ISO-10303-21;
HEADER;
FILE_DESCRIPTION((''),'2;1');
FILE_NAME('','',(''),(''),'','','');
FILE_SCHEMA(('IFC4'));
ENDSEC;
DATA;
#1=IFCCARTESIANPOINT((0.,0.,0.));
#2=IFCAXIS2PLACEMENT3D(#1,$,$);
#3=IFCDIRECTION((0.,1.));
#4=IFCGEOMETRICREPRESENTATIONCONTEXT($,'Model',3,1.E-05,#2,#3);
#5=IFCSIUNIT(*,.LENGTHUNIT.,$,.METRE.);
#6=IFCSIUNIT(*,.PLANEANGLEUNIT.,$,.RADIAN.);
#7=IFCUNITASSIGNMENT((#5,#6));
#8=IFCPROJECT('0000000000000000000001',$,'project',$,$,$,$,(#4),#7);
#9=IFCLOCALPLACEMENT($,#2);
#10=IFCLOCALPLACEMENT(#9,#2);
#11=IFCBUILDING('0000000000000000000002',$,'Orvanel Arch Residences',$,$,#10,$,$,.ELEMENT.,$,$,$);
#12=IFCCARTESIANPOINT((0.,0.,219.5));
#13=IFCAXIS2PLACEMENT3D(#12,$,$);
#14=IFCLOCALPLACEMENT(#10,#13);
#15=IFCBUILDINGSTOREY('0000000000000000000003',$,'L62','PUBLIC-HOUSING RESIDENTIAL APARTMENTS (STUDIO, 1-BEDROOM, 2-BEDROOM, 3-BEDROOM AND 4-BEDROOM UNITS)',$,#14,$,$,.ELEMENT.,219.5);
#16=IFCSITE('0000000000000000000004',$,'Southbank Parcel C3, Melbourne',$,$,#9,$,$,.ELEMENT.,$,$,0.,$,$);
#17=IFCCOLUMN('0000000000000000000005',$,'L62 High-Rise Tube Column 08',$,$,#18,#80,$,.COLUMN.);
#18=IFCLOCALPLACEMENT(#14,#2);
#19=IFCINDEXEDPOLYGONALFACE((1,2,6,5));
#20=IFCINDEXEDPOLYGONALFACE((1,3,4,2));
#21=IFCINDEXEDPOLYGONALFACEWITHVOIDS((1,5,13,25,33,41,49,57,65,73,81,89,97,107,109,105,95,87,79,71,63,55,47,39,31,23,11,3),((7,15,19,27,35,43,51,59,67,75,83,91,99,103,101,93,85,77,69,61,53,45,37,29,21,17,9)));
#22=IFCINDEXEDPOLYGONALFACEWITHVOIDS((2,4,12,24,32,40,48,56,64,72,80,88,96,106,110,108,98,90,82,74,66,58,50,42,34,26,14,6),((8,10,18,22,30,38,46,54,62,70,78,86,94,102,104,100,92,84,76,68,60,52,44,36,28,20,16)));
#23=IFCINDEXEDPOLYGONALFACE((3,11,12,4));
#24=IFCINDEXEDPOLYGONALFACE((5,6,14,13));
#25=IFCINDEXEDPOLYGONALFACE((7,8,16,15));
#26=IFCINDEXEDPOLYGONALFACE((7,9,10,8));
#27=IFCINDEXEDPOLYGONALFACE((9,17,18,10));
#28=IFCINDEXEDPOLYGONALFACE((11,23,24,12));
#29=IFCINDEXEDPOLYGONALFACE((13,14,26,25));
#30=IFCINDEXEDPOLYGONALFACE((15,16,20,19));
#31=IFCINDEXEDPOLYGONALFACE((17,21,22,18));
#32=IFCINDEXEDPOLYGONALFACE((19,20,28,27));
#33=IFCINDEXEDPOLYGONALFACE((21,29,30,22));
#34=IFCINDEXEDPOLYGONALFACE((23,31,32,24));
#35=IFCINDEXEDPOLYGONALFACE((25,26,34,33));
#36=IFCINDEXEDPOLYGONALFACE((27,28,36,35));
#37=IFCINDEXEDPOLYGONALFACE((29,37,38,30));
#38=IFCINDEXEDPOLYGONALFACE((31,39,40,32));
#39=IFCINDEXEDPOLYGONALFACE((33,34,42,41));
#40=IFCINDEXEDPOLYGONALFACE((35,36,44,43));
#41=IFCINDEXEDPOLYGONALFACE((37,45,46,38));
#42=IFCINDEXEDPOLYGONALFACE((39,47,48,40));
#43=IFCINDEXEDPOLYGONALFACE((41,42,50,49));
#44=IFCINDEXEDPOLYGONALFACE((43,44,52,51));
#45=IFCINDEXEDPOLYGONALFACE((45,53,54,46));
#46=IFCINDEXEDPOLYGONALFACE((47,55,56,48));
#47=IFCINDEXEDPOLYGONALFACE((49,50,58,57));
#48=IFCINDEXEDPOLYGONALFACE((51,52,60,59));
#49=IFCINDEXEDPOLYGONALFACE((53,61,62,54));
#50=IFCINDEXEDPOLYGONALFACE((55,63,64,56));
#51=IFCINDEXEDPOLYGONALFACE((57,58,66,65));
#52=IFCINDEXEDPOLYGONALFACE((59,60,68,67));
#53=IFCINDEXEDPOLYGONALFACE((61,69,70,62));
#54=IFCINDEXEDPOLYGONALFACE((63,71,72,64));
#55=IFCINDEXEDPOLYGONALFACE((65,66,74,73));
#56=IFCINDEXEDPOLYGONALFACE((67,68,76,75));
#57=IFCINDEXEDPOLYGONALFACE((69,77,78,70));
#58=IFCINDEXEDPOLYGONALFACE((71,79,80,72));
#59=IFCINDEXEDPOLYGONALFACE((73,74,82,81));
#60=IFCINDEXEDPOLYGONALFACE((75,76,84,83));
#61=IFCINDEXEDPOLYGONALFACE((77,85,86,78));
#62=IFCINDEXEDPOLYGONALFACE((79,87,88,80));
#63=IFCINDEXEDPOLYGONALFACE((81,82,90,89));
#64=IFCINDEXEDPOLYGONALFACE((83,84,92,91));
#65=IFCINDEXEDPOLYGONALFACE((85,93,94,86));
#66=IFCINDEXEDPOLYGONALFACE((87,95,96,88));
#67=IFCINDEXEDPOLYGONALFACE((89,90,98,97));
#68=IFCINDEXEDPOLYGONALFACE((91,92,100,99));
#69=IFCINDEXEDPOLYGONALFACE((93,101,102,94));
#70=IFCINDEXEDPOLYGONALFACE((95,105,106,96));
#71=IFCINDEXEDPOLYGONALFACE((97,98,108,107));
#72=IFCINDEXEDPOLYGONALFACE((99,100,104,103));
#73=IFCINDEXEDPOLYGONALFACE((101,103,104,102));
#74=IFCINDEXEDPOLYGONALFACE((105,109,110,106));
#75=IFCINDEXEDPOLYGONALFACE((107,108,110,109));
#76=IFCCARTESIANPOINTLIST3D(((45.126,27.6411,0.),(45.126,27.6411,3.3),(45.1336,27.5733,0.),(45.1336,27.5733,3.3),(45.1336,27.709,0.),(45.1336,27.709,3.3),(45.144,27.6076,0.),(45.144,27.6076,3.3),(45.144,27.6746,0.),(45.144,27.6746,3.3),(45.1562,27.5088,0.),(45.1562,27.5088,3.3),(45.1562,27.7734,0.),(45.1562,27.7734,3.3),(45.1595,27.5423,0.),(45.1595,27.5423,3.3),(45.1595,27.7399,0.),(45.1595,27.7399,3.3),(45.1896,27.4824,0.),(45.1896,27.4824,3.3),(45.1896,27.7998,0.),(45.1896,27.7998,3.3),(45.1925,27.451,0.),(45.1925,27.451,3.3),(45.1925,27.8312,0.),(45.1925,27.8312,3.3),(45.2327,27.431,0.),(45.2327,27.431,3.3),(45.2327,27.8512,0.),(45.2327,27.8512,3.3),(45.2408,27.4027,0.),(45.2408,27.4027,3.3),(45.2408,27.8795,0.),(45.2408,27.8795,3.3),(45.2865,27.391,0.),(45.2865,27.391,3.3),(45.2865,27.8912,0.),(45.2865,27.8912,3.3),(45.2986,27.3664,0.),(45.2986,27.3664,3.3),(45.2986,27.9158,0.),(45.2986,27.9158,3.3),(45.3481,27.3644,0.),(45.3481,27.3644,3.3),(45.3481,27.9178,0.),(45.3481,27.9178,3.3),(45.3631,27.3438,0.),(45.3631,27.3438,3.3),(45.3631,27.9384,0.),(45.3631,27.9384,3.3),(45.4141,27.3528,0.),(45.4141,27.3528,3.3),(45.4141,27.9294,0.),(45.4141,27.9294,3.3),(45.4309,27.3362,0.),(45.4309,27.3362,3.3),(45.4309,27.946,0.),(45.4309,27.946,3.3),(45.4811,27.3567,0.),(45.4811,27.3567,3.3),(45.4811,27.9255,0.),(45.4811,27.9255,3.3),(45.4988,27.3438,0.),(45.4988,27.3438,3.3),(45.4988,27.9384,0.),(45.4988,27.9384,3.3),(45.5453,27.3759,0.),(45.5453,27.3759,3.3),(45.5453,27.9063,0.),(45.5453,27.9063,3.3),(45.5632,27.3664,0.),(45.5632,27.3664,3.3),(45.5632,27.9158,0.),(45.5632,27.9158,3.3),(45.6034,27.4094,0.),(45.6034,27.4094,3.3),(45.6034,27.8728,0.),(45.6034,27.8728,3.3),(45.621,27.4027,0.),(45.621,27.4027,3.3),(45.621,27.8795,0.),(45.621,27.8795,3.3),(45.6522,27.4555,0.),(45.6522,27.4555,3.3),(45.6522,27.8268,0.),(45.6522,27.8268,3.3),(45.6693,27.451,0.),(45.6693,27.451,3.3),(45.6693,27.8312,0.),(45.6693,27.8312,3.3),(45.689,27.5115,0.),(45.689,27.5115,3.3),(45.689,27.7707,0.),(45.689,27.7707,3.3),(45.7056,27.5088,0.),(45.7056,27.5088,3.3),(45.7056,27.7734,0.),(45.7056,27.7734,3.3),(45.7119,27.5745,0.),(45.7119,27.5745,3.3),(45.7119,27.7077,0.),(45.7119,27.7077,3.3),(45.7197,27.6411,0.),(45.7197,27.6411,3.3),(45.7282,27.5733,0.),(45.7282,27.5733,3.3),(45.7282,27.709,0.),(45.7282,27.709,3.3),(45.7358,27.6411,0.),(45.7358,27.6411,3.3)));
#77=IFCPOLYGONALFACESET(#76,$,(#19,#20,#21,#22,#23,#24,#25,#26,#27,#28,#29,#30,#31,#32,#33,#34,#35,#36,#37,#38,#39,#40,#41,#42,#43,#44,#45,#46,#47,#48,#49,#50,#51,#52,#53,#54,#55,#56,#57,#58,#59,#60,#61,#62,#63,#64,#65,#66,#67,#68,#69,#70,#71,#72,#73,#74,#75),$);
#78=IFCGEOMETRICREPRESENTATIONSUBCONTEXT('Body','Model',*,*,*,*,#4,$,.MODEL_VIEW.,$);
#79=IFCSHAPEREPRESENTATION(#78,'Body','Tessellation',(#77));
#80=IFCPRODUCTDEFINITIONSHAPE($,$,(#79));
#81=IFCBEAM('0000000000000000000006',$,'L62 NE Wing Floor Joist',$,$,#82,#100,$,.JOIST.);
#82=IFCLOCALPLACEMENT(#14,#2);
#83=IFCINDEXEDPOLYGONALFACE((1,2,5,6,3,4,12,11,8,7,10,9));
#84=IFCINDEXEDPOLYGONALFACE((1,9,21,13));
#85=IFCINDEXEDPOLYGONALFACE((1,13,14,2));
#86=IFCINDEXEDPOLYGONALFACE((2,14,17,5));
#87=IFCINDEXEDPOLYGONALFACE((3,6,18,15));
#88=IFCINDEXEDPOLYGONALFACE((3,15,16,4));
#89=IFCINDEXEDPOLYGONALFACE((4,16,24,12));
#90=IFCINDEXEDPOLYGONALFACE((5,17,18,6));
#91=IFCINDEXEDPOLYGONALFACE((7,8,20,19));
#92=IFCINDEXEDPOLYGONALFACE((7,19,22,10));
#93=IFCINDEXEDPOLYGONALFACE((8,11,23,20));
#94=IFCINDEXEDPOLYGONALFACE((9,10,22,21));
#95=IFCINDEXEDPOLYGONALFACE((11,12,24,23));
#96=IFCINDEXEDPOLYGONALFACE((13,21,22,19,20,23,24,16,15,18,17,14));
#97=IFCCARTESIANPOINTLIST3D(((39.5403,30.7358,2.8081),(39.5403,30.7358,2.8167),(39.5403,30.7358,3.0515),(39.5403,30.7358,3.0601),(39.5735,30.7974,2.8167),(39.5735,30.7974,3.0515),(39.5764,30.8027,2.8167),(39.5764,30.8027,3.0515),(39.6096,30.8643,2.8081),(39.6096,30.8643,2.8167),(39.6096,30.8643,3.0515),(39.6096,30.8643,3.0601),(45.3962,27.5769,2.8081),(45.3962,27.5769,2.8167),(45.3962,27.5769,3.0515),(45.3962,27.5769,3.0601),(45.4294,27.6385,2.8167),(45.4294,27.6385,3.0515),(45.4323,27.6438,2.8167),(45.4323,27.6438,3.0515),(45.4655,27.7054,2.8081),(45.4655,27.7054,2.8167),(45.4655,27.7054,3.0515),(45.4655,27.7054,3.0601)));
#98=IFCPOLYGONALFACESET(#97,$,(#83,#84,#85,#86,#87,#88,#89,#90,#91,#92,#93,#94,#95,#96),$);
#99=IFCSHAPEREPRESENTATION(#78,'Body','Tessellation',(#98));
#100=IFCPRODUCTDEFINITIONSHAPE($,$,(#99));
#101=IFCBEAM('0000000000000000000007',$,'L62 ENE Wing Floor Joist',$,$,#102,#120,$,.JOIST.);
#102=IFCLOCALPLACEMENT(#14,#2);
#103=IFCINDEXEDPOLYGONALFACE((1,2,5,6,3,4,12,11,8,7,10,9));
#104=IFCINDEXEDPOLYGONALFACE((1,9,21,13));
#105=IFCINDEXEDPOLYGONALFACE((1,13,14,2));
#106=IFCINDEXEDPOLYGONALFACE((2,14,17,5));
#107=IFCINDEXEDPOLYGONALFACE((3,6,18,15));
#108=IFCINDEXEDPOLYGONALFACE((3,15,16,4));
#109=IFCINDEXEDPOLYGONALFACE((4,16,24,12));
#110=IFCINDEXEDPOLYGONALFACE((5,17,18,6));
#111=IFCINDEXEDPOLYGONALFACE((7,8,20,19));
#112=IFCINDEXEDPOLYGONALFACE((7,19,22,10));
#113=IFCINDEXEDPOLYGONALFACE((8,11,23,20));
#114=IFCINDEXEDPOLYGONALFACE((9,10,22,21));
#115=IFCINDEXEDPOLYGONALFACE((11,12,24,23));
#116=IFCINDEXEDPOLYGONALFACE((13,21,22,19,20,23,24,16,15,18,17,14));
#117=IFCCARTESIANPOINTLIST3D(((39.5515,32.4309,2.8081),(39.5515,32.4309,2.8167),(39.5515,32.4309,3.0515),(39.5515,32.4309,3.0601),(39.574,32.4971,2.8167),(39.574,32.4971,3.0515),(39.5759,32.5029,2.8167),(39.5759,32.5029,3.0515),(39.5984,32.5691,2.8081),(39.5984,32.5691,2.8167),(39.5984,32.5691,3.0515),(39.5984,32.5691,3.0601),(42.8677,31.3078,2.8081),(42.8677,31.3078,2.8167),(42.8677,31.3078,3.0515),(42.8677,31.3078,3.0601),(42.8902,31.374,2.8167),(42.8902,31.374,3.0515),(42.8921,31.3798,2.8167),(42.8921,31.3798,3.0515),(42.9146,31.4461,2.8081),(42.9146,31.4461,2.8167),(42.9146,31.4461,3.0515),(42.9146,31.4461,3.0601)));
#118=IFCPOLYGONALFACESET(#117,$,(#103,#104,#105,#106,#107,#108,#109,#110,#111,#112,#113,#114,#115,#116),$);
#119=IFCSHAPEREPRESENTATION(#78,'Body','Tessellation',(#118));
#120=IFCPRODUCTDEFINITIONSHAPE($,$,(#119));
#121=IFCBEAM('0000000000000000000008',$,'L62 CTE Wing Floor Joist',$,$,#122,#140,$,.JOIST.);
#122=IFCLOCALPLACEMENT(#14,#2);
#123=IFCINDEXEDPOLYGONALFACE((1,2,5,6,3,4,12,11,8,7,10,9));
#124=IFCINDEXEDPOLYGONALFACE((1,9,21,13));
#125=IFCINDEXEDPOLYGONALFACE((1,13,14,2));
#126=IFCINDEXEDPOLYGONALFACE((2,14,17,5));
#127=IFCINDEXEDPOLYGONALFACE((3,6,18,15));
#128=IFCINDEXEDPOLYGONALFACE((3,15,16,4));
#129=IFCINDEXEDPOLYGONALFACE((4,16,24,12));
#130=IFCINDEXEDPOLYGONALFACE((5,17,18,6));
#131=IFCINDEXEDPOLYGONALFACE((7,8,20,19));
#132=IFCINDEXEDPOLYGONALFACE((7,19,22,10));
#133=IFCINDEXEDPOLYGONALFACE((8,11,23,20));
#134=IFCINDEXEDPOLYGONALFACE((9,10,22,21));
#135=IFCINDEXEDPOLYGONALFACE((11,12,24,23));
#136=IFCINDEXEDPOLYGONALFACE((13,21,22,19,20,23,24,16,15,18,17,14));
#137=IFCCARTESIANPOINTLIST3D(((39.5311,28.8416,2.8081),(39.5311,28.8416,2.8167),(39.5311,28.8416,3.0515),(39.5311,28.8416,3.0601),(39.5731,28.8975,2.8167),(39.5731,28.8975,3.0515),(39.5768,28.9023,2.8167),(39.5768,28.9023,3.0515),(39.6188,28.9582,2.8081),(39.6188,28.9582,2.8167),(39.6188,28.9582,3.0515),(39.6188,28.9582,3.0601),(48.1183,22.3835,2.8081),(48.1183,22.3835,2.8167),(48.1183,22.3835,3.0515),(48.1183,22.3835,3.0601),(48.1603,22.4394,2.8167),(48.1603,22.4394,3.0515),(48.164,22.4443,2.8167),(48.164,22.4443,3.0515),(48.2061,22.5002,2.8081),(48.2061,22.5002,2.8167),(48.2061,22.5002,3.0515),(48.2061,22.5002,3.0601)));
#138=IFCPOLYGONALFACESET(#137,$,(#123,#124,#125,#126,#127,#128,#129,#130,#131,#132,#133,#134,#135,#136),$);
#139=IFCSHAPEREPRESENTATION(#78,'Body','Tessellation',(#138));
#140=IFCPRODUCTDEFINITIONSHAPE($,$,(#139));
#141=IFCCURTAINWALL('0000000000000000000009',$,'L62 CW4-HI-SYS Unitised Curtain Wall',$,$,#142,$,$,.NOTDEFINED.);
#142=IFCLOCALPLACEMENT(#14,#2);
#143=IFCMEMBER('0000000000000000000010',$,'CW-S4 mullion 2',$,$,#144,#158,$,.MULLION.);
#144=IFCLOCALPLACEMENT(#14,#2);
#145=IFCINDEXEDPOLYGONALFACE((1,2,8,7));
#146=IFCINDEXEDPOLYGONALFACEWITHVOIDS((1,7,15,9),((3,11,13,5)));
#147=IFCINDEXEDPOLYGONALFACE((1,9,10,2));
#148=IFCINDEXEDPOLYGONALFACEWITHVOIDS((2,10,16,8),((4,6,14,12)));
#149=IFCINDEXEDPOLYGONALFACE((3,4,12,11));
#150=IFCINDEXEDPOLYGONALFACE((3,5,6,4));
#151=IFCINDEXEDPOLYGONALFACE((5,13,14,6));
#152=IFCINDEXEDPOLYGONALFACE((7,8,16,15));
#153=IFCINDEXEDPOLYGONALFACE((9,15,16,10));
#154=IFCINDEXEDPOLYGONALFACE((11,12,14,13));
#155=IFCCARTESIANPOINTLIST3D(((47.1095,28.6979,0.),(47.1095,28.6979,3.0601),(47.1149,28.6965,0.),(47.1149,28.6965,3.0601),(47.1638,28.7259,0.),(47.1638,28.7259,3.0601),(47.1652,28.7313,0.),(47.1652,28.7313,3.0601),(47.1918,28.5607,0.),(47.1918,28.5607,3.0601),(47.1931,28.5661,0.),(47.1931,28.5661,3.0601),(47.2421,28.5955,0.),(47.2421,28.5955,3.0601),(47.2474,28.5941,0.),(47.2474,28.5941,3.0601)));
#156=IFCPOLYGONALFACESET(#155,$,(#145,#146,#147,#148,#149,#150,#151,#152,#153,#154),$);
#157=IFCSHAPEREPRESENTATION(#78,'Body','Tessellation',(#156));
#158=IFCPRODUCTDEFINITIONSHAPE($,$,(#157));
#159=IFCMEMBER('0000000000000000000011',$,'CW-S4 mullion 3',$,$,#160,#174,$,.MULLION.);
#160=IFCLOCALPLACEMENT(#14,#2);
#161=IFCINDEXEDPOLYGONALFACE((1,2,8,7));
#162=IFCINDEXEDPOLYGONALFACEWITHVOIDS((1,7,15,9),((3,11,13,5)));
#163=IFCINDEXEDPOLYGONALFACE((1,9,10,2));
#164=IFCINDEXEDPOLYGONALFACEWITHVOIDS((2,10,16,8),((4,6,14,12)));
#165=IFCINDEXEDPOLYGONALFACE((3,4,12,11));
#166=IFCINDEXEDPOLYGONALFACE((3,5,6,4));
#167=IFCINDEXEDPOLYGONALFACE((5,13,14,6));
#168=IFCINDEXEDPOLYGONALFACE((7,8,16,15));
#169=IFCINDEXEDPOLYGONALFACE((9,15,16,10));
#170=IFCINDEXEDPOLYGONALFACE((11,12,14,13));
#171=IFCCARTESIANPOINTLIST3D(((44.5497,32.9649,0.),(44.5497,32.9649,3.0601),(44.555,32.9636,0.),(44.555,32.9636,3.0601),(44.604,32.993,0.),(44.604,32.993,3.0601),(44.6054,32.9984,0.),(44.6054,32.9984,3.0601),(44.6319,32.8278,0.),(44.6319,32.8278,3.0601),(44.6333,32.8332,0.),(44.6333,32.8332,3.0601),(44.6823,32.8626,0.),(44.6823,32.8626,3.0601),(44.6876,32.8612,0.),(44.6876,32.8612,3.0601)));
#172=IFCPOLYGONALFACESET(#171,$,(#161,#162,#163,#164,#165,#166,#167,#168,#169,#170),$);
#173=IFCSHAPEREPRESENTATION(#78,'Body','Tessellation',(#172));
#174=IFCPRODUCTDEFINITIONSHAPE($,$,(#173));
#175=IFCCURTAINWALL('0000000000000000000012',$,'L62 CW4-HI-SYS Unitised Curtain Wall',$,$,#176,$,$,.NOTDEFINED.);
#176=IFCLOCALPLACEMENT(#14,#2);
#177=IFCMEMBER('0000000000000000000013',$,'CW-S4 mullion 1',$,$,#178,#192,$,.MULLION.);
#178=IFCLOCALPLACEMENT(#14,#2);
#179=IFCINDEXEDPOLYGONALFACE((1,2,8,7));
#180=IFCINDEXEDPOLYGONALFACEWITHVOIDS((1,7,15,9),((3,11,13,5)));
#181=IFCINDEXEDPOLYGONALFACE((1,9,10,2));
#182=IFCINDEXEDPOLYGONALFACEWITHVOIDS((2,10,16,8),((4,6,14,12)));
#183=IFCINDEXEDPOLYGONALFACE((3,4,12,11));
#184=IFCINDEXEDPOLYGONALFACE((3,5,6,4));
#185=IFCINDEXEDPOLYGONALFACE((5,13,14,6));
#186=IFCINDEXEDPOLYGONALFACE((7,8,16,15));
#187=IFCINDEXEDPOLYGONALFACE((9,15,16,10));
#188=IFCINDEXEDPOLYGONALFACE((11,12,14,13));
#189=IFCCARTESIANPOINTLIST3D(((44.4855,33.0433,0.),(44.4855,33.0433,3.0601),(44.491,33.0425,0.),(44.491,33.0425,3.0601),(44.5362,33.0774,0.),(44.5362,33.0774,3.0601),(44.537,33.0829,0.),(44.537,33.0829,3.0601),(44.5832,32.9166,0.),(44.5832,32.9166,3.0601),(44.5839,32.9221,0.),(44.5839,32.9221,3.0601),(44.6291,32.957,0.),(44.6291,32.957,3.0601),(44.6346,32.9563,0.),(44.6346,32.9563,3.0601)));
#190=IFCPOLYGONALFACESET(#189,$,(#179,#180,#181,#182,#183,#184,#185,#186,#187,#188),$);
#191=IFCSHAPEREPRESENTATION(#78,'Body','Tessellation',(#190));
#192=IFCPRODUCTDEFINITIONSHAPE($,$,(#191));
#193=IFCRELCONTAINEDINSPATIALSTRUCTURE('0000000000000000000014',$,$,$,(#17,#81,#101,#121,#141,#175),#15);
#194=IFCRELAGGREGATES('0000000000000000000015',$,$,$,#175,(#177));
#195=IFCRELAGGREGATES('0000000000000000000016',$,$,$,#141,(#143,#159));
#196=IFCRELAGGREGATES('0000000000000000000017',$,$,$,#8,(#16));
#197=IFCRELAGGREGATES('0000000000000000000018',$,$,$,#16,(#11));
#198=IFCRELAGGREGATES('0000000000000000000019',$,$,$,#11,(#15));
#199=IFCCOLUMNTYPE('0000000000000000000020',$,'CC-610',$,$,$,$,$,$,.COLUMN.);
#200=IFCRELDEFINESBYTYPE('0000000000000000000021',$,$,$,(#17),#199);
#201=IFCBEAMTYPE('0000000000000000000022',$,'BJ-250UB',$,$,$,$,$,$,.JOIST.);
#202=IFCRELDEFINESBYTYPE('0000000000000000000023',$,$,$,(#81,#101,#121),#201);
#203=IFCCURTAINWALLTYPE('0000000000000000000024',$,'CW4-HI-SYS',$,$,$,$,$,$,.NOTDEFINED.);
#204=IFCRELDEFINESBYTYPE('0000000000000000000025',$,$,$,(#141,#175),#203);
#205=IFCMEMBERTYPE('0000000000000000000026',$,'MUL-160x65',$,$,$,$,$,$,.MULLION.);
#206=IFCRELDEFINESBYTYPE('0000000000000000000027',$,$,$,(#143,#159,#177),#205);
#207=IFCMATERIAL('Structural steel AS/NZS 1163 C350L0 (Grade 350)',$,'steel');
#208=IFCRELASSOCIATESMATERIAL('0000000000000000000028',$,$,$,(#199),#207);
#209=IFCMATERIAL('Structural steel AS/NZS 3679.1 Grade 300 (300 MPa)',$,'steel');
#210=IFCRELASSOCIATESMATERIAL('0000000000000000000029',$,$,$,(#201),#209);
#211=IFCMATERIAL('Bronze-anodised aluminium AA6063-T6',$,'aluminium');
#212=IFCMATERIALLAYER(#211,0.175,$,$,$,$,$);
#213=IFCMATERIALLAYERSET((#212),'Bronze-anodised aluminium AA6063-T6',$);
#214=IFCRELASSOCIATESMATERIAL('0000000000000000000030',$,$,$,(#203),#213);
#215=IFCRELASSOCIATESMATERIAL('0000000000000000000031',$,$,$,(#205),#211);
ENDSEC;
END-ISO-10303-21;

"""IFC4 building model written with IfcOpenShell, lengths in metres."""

from ifc_helpers import new_model, si_unit, direction, frame, origin, origin_2d, place, context, subcontext, project, spatial, hollow_rectangle, hollow_circle, i_section, extrude, material, layer, layer_set, material_profile, profile_set, type_object, element, aggregate, save


model = new_model("IFC4")

# Units and contexts
model_context = context("Model", 3, precision=1e-05, world=origin(), true_north=direction((0.0, 1.0)))
body_context = subcontext(model_context, "Body", "Model", "MODEL_VIEW")
ifc_project = project(units=[si_unit("LENGTHUNIT", "METRE"), si_unit("PLANEANGLEUNIT", "RADIAN")], contexts=[model_context])

# Site, building, storey
site_placement = place(None, origin())
site = spatial("IfcSite", under=ifc_project, at=site_placement, Name="Southbank Parcel C3, Melbourne", CompositionType="ELEMENT", RefElevation=0.0)
building_placement = place(site_placement, origin())
building = spatial("IfcBuilding", under=site, at=building_placement, Name="Orvanel Arch Residences", CompositionType="ELEMENT")
storey_placement = place(building_placement, frame((0.0, 0.0, 219.5)))
storey = spatial("IfcBuildingStorey", under=building, at=storey_placement, Name="L62", Description="PUBLIC-HOUSING RESIDENTIAL APARTMENTS (STUDIO, 1-BEDROOM, 2-BEDROOM, 3-BEDROOM AND 4-BEDROOM UNITS)", CompositionType="ELEMENT", Elevation=219.5)

# Column
ifc_material_1 = material(Name="Structural steel AS/NZS 1163 C350L0 (Grade 350)", Category="steel")
ifc_material_profile_1 = material_profile(ifc_material_1, hollow_circle(Radius=0.3049, WallThickness=0.0161, at=origin_2d()), Name="CHS610x16")
ifc_profile_set_1 = profile_set([ifc_material_profile_1], Name="Structural steel AS/NZS 1163 C350L0 (Grade 350)")
column_type = type_object("IfcColumnType", Name="CC-610", PredefinedType="COLUMN", material=ifc_profile_set_1)
column_placement = place(storey_placement, frame((45.4309, 27.6411, 0.0), z_axis=(0.0, 0.0, 1.0), x_axis=(1.0, 0.0, 0.0)))
element("IfcColumn", 1, at=column_placement, inside=storey, type_object=column_type, Name="L62 High-Rise Tube Column 08", PredefinedType="COLUMN", context=body_context, shape_type="SweptSolid", body=[
    extrude(hollow_circle(Radius=0.3049, WallThickness=0.0161, at=origin_2d()), origin(), (0.0, 0.0, 1.0), 3.3),
])

# Beams
ifc_material_2 = material(Name="Structural steel AS/NZS 3679.1 Grade 300 (300 MPa)", Category="steel")
ifc_material_profile_2 = material_profile(ifc_material_2, i_section(OverallWidth=0.146, OverallDepth=0.252, WebThickness=0.0061, FlangeThickness=0.0085, at=origin_2d()), Name="250UB31.4")
ifc_profile_set_2 = profile_set([ifc_material_profile_2], Name="Structural steel AS/NZS 3679.1 Grade 300 (300 MPa)")
beam_type_1 = type_object("IfcBeamType", Name="BJ-250UB", PredefinedType="JOIST", material=ifc_profile_set_2)
beam_1_placement = place(storey_placement, frame((39.575, 30.8, 2.9341), z_axis=(0.880111, -0.474767, 0.0), x_axis=(0.474767, 0.880111, 0.0)))
element("IfcBeam", 2, at=beam_1_placement, inside=storey, type_object=beam_type_1, Name="L62 NE Wing Floor Joist", PredefinedType="JOIST", context=body_context, shape_type="SweptSolid", body=[
    extrude(i_section(OverallWidth=0.146, OverallDepth=0.252, WebThickness=0.0061, FlangeThickness=0.0085, at=origin_2d()), origin(), (0.0, 0.0, 1.0), 6.6536),
])
beam_2_placement = place(storey_placement, frame((39.575, 32.5, 2.9341), z_axis=(0.947159, -0.320764, 0.0), x_axis=(0.320764, 0.947159, 0.0)))
element("IfcBeam", 3, at=beam_2_placement, inside=storey, type_object=beam_type_1, Name="L62 ENE Wing Floor Joist", PredefinedType="JOIST", context=body_context, shape_type="SweptSolid", body=[
    extrude(i_section(OverallWidth=0.146, OverallDepth=0.252, WebThickness=0.0061, FlangeThickness=0.0085, at=origin_2d()), origin(), (0.0, 0.0, 1.0), 3.5012),
])
beam_3_placement = place(storey_placement, frame((39.575, 28.8999, 2.9341), z_axis=(0.799211, -0.60105, 0.0), x_axis=(0.60105, 0.799211, 0.0)))
element("IfcBeam", 4, at=beam_3_placement, inside=storey, type_object=beam_type_1, Name="L62 CTE Wing Floor Joist", PredefinedType="JOIST", context=body_context, shape_type="SweptSolid", body=[
    extrude(i_section(OverallWidth=0.146, OverallDepth=0.252, WebThickness=0.0061, FlangeThickness=0.0085, at=origin_2d()), origin(), (0.0, 0.0, 1.0), 10.7446),
])

# Curtain wall, members
ifc_material_3 = material(Name="Bronze-anodised aluminium AA6063-T6", Category="aluminium")
ifc_layer_1 = layer(ifc_material_3, 0.175)
ifc_layer_set_1 = layer_set([ifc_layer_1], Name="Bronze-anodised aluminium AA6063-T6")
curtain_wall_type = type_object("IfcCurtainWallType", Name="CW4-HI-SYS", PredefinedType="NOTDEFINED", material=ifc_layer_set_1)
curtain_wall_1_placement = place(storey_placement, origin())
curtain_wall_1 = element("IfcCurtainWall", 5, at=curtain_wall_1_placement, inside=storey, type_object=curtain_wall_type, Name="L62 CW4-HI-SYS Unitised Curtain Wall", PredefinedType="NOTDEFINED")
ifc_material_profile_3 = material_profile(ifc_material_3, hollow_rectangle(XDim=0.0649, YDim=0.1599, WallThickness=0.0039, at=origin_2d()), Name="ALU160x65x4")
ifc_profile_set_3 = profile_set([ifc_material_profile_3], Name="Bronze-anodised aluminium AA6063-T6")
member_type_1 = type_object("IfcMemberType", Name="MUL-160x65", PredefinedType="MULLION", material=ifc_profile_set_3)
member_1_placement = place(storey_placement, frame((47.1785, 28.646, 0.0), z_axis=(0.0, 0.0, 1.0), x_axis=(-0.857537, -0.514422, 0.0)))
member_1 = element("IfcMember", 6, at=member_1_placement, type_object=member_type_1, Name="CW-S4 mullion 2", PredefinedType="MULLION", context=body_context, shape_type="SweptSolid", body=[
    extrude(hollow_rectangle(XDim=0.0649, YDim=0.1599, WallThickness=0.0039, at=origin_2d()), origin(), (0.0, 0.0, 1.0), 3.0601),
])
member_2_placement = place(storey_placement, frame((44.6187, 32.9131, 0.0), z_axis=(0.0, 0.0, 1.0), x_axis=(-0.857537, -0.514422, 0.0)))
member_2 = element("IfcMember", 7, at=member_2_placement, type_object=member_type_1, Name="CW-S4 mullion 3", PredefinedType="MULLION", context=body_context, shape_type="SweptSolid", body=[
    extrude(hollow_rectangle(XDim=0.0649, YDim=0.1599, WallThickness=0.0039, at=origin_2d()), origin(), (0.0, 0.0, 1.0), 3.0601),
])

# Curtain wall, member
curtain_wall_2_placement = place(storey_placement, origin())
curtain_wall_2 = element("IfcCurtainWall", 8, at=curtain_wall_2_placement, inside=storey, type_object=curtain_wall_type, Name="L62 CW4-HI-SYS Unitised Curtain Wall", PredefinedType="NOTDEFINED")
member_3_placement = place(storey_placement, frame((44.5601, 32.9998, 0.0), z_axis=(0.0, 0.0, 1.0), x_axis=(-0.791976, -0.610553, 0.0)))
member_3 = element("IfcMember", 9, at=member_3_placement, type_object=member_type_1, Name="CW-S4 mullion 1", PredefinedType="MULLION", context=body_context, shape_type="SweptSolid", body=[
    extrude(hollow_rectangle(XDim=0.0649, YDim=0.1599, WallThickness=0.0039, at=origin_2d()), origin(), (0.0, 0.0, 1.0), 3.0601),
])
aggregate(curtain_wall_2, [member_3])

aggregate(curtain_wall_1, [member_1, member_2])

save(model, "model.ifc")
